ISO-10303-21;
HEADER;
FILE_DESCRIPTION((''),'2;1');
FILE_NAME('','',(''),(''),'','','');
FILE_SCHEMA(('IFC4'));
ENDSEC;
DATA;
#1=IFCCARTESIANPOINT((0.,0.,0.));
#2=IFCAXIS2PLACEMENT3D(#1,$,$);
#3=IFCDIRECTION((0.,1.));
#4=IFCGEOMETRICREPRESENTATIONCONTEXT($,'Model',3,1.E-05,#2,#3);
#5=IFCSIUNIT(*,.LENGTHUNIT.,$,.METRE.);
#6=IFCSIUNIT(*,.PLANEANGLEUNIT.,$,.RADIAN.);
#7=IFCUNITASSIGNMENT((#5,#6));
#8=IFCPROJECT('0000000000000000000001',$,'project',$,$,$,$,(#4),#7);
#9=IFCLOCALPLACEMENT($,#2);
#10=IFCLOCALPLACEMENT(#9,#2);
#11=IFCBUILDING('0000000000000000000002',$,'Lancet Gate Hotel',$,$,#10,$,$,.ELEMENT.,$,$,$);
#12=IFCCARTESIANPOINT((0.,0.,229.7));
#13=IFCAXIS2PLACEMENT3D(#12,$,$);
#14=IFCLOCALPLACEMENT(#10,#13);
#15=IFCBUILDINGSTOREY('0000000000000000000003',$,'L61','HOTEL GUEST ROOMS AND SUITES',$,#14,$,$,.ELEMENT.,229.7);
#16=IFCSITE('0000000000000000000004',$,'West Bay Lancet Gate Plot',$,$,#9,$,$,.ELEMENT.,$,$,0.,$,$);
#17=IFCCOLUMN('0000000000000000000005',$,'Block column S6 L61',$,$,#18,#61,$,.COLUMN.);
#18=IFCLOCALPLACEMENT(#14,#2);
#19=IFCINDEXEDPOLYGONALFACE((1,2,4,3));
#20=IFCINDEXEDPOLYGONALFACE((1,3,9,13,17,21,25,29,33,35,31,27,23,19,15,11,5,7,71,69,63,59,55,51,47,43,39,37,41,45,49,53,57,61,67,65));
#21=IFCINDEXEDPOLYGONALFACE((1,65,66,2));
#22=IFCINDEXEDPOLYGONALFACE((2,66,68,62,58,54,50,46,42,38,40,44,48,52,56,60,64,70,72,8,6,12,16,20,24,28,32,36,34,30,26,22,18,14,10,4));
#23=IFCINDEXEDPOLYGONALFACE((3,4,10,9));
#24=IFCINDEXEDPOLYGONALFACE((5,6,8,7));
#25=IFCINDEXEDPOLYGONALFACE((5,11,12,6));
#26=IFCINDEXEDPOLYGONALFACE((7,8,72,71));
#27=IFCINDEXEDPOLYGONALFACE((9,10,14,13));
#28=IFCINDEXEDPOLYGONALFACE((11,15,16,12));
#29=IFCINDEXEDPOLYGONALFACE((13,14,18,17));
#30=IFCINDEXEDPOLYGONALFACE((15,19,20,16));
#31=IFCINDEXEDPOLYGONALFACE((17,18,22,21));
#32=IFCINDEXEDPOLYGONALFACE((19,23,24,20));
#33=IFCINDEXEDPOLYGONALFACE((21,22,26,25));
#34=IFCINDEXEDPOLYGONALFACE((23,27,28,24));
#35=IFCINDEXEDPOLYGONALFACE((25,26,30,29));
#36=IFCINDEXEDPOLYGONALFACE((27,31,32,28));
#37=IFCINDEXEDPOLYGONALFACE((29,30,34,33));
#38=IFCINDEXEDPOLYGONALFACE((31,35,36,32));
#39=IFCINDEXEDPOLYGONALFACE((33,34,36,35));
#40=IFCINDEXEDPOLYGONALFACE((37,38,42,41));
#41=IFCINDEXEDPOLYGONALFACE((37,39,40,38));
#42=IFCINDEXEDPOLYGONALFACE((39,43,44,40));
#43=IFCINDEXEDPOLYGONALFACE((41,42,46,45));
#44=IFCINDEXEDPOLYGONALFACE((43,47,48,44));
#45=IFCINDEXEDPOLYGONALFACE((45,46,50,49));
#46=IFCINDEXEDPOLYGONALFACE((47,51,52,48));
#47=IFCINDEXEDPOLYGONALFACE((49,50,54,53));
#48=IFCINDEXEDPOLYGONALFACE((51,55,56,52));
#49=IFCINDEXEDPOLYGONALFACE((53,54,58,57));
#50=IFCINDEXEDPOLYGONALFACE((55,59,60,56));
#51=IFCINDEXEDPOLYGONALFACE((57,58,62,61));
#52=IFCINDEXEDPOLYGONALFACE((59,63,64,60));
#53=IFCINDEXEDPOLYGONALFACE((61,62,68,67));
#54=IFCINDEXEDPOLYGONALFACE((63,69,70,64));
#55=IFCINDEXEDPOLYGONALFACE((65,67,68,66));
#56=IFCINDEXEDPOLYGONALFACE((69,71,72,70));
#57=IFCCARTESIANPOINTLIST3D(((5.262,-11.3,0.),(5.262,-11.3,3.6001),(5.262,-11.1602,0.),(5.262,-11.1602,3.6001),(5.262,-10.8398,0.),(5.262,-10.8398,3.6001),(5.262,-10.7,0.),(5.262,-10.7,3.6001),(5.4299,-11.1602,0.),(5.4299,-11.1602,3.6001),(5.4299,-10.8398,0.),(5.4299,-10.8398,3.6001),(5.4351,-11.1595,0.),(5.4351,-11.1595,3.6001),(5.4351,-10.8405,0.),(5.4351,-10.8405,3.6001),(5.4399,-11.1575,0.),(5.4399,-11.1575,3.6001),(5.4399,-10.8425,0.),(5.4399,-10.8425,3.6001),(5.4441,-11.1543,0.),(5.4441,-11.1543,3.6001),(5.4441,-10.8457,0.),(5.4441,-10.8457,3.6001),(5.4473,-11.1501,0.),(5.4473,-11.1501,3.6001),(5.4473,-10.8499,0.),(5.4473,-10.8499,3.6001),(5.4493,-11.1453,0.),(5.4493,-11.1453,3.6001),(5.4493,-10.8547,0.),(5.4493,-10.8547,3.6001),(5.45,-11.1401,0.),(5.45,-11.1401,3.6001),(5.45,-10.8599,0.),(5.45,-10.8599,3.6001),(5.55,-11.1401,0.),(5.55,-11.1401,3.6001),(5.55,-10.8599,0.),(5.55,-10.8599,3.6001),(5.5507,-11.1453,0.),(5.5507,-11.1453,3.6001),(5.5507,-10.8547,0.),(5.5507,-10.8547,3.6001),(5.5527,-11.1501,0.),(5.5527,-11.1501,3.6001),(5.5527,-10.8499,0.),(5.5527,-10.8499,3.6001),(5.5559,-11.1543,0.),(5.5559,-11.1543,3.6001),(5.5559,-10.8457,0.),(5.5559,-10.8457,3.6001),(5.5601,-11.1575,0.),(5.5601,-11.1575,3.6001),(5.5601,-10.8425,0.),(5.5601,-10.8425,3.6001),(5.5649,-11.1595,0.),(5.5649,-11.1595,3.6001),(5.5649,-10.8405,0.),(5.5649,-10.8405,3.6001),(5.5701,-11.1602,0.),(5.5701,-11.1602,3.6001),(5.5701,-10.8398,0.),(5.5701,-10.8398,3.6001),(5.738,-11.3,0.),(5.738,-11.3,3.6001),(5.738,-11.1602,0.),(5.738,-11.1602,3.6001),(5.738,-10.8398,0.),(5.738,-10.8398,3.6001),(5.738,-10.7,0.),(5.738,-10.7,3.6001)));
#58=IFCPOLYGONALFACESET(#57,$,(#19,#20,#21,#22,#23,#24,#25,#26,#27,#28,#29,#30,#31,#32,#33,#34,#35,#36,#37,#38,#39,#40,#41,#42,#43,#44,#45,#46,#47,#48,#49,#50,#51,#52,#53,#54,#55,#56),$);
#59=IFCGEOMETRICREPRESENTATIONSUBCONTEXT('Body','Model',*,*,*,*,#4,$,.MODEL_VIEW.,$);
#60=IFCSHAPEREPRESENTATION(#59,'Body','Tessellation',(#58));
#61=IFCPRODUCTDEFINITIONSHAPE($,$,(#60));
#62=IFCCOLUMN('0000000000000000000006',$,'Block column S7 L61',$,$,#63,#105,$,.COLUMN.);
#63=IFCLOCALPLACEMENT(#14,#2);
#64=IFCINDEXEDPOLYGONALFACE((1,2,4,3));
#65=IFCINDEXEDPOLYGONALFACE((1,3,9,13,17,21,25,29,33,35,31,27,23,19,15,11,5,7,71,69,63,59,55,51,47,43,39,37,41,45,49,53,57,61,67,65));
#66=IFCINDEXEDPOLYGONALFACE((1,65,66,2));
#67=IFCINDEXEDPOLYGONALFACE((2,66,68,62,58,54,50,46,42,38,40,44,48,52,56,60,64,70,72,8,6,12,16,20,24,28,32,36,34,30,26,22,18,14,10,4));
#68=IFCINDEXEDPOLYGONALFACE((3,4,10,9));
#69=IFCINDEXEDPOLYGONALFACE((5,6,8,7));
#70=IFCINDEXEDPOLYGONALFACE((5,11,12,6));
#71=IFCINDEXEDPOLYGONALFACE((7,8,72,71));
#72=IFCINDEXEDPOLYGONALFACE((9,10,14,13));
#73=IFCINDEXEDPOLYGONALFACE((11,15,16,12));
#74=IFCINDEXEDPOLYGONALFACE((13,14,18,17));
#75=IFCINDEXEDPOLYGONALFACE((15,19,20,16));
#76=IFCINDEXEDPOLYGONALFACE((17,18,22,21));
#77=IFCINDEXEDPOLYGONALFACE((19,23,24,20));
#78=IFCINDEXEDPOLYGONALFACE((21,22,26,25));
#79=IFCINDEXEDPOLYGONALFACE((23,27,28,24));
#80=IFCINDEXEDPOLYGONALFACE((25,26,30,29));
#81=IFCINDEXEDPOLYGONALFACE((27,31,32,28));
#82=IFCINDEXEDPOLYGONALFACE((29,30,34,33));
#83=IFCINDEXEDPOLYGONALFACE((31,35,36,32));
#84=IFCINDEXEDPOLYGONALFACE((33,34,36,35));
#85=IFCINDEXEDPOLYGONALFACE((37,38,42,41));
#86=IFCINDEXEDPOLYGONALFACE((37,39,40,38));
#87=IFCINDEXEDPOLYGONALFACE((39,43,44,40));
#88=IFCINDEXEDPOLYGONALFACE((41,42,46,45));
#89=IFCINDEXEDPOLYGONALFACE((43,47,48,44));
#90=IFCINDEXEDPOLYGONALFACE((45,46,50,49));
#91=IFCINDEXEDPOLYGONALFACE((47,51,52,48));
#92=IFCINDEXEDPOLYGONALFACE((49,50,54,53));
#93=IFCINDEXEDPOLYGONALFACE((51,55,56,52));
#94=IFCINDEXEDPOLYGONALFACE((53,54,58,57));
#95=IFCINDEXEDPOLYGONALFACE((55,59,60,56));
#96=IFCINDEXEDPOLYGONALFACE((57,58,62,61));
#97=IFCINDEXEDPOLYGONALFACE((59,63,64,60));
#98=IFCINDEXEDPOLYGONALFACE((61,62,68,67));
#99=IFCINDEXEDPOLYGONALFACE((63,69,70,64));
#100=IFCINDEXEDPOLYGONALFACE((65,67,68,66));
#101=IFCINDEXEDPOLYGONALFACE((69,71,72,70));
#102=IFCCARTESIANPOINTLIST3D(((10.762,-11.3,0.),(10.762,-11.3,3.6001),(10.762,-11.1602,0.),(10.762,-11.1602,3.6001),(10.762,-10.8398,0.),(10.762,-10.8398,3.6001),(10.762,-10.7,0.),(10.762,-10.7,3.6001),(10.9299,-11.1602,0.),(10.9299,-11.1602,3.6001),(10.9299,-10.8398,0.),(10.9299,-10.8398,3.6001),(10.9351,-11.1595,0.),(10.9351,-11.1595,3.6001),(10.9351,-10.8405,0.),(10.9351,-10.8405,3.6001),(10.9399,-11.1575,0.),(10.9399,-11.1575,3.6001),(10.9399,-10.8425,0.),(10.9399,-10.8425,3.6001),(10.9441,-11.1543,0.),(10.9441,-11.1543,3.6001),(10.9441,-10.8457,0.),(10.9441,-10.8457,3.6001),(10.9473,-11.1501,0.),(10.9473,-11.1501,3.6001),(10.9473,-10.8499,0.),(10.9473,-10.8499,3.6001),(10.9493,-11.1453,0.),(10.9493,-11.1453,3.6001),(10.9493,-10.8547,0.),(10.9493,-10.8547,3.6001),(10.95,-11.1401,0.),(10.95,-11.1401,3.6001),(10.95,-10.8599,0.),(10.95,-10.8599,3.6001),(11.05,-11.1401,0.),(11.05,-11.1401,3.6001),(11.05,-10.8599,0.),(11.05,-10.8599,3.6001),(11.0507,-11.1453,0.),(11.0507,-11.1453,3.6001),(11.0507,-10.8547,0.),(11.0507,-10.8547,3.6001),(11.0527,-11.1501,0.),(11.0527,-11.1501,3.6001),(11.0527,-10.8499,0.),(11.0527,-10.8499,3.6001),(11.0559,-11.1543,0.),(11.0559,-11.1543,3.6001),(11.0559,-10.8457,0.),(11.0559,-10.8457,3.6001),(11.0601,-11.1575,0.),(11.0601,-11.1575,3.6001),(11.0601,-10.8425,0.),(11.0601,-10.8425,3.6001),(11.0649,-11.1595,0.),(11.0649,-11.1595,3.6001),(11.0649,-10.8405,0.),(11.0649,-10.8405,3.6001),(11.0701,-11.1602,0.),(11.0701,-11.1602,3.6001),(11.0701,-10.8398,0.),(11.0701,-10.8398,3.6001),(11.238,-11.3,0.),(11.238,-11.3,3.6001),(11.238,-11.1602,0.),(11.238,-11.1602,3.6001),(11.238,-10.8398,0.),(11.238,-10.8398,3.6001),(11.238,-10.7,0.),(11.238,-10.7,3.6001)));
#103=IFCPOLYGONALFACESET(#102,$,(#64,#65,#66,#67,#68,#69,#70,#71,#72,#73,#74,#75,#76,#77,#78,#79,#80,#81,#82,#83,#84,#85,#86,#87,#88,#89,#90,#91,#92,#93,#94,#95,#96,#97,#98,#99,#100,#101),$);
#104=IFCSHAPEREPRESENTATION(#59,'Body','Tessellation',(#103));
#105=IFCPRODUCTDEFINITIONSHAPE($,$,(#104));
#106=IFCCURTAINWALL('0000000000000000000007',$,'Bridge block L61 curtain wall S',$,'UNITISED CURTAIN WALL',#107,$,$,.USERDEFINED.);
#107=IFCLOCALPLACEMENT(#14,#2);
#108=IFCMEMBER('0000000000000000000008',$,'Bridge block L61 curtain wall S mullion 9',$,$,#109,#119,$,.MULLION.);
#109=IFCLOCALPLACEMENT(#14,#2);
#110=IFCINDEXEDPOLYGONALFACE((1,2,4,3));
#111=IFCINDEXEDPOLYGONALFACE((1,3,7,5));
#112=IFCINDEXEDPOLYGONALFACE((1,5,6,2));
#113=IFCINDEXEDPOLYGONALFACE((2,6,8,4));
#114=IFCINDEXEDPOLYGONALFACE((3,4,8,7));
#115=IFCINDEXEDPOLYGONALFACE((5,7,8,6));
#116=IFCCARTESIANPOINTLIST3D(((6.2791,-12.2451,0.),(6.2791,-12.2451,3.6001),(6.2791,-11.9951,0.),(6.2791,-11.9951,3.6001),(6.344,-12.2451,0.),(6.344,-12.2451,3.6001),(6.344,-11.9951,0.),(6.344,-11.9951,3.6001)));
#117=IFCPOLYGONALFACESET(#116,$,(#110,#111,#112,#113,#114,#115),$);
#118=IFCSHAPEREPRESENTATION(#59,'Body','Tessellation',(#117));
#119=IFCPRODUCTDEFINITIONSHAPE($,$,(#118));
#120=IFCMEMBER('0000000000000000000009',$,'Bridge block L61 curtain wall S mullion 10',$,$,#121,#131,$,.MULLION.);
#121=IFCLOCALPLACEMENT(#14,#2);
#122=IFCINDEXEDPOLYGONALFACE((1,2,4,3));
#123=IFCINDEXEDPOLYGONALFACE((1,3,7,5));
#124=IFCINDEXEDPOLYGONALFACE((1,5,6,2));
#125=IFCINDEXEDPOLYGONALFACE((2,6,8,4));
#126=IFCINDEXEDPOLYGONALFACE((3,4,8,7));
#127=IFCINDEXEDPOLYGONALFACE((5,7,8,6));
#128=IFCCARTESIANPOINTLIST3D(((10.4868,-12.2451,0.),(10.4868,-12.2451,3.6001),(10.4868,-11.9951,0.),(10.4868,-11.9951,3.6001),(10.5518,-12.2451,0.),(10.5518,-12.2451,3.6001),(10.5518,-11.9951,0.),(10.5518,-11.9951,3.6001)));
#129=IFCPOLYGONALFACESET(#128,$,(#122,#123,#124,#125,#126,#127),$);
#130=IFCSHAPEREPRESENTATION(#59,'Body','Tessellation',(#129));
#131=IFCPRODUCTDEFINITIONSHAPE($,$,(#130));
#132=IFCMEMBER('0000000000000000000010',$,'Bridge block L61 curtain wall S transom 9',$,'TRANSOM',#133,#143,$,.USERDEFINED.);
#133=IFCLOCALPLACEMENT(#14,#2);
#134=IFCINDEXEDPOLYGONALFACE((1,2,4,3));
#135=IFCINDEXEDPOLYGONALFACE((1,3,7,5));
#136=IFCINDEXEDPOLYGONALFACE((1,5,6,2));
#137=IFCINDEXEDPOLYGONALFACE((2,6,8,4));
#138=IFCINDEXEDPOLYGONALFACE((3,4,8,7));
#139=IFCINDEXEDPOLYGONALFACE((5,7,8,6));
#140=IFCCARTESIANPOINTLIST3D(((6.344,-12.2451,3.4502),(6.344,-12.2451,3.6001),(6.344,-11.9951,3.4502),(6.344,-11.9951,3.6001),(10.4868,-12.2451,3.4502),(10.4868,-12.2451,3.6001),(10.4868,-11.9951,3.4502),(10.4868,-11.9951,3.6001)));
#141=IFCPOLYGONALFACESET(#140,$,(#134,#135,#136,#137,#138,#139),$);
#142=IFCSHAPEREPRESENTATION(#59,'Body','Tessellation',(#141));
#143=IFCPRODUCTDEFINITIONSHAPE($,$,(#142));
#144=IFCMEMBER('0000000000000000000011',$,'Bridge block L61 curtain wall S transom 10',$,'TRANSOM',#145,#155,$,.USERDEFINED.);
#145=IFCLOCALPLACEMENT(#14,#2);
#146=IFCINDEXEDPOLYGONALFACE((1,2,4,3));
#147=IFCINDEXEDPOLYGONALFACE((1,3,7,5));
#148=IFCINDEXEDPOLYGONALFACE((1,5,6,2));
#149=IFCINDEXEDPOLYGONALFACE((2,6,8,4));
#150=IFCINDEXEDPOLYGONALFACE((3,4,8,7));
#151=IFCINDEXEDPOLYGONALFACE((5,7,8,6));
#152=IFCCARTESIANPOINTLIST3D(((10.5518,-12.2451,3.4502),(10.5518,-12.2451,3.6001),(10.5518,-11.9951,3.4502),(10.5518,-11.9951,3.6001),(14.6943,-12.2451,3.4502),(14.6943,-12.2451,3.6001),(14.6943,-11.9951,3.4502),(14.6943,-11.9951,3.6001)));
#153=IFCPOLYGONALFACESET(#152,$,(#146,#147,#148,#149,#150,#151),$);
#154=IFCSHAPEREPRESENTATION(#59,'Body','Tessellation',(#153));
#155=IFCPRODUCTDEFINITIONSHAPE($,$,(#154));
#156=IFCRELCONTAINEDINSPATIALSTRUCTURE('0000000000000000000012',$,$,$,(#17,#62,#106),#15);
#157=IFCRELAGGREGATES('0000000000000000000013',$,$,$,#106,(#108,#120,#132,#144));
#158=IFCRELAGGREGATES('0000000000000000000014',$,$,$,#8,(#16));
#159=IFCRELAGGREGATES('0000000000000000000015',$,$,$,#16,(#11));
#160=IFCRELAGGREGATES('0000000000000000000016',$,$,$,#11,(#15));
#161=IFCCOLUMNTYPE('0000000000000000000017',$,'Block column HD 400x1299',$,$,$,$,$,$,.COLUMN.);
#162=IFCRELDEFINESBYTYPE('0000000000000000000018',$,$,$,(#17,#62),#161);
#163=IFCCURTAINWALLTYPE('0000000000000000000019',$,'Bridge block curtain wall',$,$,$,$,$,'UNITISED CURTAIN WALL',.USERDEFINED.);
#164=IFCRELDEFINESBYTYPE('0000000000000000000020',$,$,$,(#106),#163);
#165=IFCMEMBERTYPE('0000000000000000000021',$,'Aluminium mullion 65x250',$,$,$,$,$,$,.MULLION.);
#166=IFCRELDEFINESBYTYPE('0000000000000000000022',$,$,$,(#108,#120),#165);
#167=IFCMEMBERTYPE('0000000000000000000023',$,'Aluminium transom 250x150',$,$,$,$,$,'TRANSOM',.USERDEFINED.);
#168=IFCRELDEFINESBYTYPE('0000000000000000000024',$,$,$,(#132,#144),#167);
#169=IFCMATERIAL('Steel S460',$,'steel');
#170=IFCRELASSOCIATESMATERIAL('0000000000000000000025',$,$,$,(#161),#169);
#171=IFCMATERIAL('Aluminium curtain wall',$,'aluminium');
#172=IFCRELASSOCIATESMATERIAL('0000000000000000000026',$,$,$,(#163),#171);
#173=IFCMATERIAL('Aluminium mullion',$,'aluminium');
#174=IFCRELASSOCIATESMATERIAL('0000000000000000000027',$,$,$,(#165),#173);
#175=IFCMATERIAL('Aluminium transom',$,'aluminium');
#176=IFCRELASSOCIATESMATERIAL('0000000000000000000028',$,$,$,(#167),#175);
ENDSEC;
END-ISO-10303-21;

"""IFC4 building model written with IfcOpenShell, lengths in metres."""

from ifc_helpers import new_model, si_unit, direction, frame, origin, origin_2d, place, context, subcontext, project, spatial, rectangle, i_section, extrude, material, material_profile, profile_set, type_object, element, aggregate, save


model = new_model("IFC4")

# Units and contexts
model_context = context("Model", 3, precision=1e-05, world=origin(), true_north=direction((0.0, 1.0)))
body_context = subcontext(model_context, "Body", "Model", "MODEL_VIEW")
ifc_project = project(units=[si_unit("LENGTHUNIT", "METRE"), si_unit("PLANEANGLEUNIT", "RADIAN")], contexts=[model_context])

# Site, building, storey
site_placement = place(None, origin())
site = spatial("IfcSite", under=ifc_project, at=site_placement, Name="West Bay Lancet Gate Plot", CompositionType="ELEMENT", RefElevation=0.0)
building_placement = place(site_placement, origin())
building = spatial("IfcBuilding", under=site, at=building_placement, Name="Lancet Gate Hotel", CompositionType="ELEMENT")
storey_placement = place(building_placement, frame((0.0, 0.0, 229.7)))
storey = spatial("IfcBuildingStorey", under=building, at=storey_placement, Name="L61", Description="HOTEL GUEST ROOMS AND SUITES", CompositionType="ELEMENT", Elevation=229.7)

# Columns
ifc_material_1 = material(Name="Steel S460", Category="steel")
ifc_material_profile_1 = material_profile(ifc_material_1, i_section(OverallWidth=0.4761, OverallDepth=0.6001, WebThickness=0.1001, FlangeThickness=0.1399, FilletRadius=0.02, at=origin_2d()), Name="HD 400x1299")
ifc_profile_set_1 = profile_set([ifc_material_profile_1], Name="Steel S460")
column_type = type_object("IfcColumnType", Name="Block column HD 400x1299", PredefinedType="COLUMN", material=ifc_profile_set_1)
for number, where, z_axis, x_axis, name in (
    (1, (5.5, -11.0, 0.0), (0.0, 0.0, 1.0), (1.0, 0.0, 0.0), "Block column S6 L61"),
    (2, (11.0, -11.0, 0.0), (0.0, 0.0, 1.0), (1.0, 0.0, 0.0), "Block column S7 L61"),
):
    element("IfcColumn", number, at=place(storey_placement, frame(where, z_axis=z_axis, x_axis=x_axis)), inside=storey, type_object=column_type, Name=name, PredefinedType="COLUMN", context=body_context, shape_type="SweptSolid", body=[
        extrude(i_section(OverallWidth=0.4761, OverallDepth=0.6001, WebThickness=0.1001, FlangeThickness=0.1399, FilletRadius=0.02, at=origin_2d()), origin(), (0.0, 0.0, 1.0), 3.6001),
    ])

# Curtain wall, members
ifc_material_2 = material(Name="Aluminium curtain wall", Category="aluminium")
curtain_wall_type = type_object("IfcCurtainWallType", Name="Bridge block curtain wall", ElementType="UNITISED CURTAIN WALL", PredefinedType="USERDEFINED", material=ifc_material_2)
curtain_wall_placement = place(storey_placement, origin())
curtain_wall = element("IfcCurtainWall", 3, at=curtain_wall_placement, inside=storey, type_object=curtain_wall_type, Name="Bridge block L61 curtain wall S", ObjectType="UNITISED CURTAIN WALL", PredefinedType="USERDEFINED")
ifc_material_3 = material(Name="Aluminium mullion", Category="aluminium")
ifc_material_profile_2 = material_profile(ifc_material_3, rectangle(XDim=0.0649, YDim=0.25, at=origin_2d()), Name="MULLION 65x250")
ifc_profile_set_2 = profile_set([ifc_material_profile_2], Name="Aluminium mullion")
member_type_1 = type_object("IfcMemberType", Name="Aluminium mullion 65x250", PredefinedType="MULLION", material=ifc_profile_set_2)
member_1_placement = place(storey_placement, frame((6.3115, -12.1201, 0.0), z_axis=(0.0, 0.0, 1.0), x_axis=(1.0, 0.0, 0.0)))
member_1 = element("IfcMember", 4, at=member_1_placement, type_object=member_type_1, Name="Bridge block L61 curtain wall S mullion 9", PredefinedType="MULLION", context=body_context, shape_type="SweptSolid", body=[
    extrude(rectangle(XDim=0.0649, YDim=0.25, at=origin_2d()), origin(), (0.0, 0.0, 1.0), 3.6001),
])
member_2_placement = place(storey_placement, frame((10.5193, -12.1201, 0.0), z_axis=(0.0, 0.0, 1.0), x_axis=(1.0, 0.0, 0.0)))
member_2 = element("IfcMember", 5, at=member_2_placement, type_object=member_type_1, Name="Bridge block L61 curtain wall S mullion 10", PredefinedType="MULLION", context=body_context, shape_type="SweptSolid", body=[
    extrude(rectangle(XDim=0.0649, YDim=0.25, at=origin_2d()), origin(), (0.0, 0.0, 1.0), 3.6001),
])
ifc_material_4 = material(Name="Aluminium transom", Category="aluminium")
ifc_material_profile_3 = material_profile(ifc_material_4, rectangle(XDim=0.25, YDim=0.1499, at=origin_2d()), Name="TRANSOM 250x150")
ifc_profile_set_3 = profile_set([ifc_material_profile_3], Name="Aluminium transom")
member_type_2 = type_object("IfcMemberType", Name="Aluminium transom 250x150", ElementType="TRANSOM", PredefinedType="USERDEFINED", material=ifc_profile_set_3)
member_3_placement = place(storey_placement, frame((6.344, -12.1201, 3.5251), z_axis=(1.0, 0.0, 0.0), x_axis=(0.0, 1.0, 0.0)))
member_3 = element("IfcMember", 6, at=member_3_placement, type_object=member_type_2, Name="Bridge block L61 curtain wall S transom 9", ObjectType="TRANSOM", PredefinedType="USERDEFINED", context=body_context, shape_type="SweptSolid", body=[
    extrude(rectangle(XDim=0.25, YDim=0.1499, at=origin_2d()), origin(), (0.0, 0.0, 1.0), 4.1428),
])
member_4_placement = place(storey_placement, frame((10.5518, -12.1201, 3.5251), z_axis=(1.0, 0.0, 0.0), x_axis=(0.0, 1.0, 0.0)))
member_4 = element("IfcMember", 7, at=member_4_placement, type_object=member_type_2, Name="Bridge block L61 curtain wall S transom 10", ObjectType="TRANSOM", PredefinedType="USERDEFINED", context=body_context, shape_type="SweptSolid", body=[
    extrude(rectangle(XDim=0.25, YDim=0.1499, at=origin_2d()), origin(), (0.0, 0.0, 1.0), 4.1426),
])

aggregate(curtain_wall, [member_1, member_2, member_3, member_4])

save(model, "model.ifc")
